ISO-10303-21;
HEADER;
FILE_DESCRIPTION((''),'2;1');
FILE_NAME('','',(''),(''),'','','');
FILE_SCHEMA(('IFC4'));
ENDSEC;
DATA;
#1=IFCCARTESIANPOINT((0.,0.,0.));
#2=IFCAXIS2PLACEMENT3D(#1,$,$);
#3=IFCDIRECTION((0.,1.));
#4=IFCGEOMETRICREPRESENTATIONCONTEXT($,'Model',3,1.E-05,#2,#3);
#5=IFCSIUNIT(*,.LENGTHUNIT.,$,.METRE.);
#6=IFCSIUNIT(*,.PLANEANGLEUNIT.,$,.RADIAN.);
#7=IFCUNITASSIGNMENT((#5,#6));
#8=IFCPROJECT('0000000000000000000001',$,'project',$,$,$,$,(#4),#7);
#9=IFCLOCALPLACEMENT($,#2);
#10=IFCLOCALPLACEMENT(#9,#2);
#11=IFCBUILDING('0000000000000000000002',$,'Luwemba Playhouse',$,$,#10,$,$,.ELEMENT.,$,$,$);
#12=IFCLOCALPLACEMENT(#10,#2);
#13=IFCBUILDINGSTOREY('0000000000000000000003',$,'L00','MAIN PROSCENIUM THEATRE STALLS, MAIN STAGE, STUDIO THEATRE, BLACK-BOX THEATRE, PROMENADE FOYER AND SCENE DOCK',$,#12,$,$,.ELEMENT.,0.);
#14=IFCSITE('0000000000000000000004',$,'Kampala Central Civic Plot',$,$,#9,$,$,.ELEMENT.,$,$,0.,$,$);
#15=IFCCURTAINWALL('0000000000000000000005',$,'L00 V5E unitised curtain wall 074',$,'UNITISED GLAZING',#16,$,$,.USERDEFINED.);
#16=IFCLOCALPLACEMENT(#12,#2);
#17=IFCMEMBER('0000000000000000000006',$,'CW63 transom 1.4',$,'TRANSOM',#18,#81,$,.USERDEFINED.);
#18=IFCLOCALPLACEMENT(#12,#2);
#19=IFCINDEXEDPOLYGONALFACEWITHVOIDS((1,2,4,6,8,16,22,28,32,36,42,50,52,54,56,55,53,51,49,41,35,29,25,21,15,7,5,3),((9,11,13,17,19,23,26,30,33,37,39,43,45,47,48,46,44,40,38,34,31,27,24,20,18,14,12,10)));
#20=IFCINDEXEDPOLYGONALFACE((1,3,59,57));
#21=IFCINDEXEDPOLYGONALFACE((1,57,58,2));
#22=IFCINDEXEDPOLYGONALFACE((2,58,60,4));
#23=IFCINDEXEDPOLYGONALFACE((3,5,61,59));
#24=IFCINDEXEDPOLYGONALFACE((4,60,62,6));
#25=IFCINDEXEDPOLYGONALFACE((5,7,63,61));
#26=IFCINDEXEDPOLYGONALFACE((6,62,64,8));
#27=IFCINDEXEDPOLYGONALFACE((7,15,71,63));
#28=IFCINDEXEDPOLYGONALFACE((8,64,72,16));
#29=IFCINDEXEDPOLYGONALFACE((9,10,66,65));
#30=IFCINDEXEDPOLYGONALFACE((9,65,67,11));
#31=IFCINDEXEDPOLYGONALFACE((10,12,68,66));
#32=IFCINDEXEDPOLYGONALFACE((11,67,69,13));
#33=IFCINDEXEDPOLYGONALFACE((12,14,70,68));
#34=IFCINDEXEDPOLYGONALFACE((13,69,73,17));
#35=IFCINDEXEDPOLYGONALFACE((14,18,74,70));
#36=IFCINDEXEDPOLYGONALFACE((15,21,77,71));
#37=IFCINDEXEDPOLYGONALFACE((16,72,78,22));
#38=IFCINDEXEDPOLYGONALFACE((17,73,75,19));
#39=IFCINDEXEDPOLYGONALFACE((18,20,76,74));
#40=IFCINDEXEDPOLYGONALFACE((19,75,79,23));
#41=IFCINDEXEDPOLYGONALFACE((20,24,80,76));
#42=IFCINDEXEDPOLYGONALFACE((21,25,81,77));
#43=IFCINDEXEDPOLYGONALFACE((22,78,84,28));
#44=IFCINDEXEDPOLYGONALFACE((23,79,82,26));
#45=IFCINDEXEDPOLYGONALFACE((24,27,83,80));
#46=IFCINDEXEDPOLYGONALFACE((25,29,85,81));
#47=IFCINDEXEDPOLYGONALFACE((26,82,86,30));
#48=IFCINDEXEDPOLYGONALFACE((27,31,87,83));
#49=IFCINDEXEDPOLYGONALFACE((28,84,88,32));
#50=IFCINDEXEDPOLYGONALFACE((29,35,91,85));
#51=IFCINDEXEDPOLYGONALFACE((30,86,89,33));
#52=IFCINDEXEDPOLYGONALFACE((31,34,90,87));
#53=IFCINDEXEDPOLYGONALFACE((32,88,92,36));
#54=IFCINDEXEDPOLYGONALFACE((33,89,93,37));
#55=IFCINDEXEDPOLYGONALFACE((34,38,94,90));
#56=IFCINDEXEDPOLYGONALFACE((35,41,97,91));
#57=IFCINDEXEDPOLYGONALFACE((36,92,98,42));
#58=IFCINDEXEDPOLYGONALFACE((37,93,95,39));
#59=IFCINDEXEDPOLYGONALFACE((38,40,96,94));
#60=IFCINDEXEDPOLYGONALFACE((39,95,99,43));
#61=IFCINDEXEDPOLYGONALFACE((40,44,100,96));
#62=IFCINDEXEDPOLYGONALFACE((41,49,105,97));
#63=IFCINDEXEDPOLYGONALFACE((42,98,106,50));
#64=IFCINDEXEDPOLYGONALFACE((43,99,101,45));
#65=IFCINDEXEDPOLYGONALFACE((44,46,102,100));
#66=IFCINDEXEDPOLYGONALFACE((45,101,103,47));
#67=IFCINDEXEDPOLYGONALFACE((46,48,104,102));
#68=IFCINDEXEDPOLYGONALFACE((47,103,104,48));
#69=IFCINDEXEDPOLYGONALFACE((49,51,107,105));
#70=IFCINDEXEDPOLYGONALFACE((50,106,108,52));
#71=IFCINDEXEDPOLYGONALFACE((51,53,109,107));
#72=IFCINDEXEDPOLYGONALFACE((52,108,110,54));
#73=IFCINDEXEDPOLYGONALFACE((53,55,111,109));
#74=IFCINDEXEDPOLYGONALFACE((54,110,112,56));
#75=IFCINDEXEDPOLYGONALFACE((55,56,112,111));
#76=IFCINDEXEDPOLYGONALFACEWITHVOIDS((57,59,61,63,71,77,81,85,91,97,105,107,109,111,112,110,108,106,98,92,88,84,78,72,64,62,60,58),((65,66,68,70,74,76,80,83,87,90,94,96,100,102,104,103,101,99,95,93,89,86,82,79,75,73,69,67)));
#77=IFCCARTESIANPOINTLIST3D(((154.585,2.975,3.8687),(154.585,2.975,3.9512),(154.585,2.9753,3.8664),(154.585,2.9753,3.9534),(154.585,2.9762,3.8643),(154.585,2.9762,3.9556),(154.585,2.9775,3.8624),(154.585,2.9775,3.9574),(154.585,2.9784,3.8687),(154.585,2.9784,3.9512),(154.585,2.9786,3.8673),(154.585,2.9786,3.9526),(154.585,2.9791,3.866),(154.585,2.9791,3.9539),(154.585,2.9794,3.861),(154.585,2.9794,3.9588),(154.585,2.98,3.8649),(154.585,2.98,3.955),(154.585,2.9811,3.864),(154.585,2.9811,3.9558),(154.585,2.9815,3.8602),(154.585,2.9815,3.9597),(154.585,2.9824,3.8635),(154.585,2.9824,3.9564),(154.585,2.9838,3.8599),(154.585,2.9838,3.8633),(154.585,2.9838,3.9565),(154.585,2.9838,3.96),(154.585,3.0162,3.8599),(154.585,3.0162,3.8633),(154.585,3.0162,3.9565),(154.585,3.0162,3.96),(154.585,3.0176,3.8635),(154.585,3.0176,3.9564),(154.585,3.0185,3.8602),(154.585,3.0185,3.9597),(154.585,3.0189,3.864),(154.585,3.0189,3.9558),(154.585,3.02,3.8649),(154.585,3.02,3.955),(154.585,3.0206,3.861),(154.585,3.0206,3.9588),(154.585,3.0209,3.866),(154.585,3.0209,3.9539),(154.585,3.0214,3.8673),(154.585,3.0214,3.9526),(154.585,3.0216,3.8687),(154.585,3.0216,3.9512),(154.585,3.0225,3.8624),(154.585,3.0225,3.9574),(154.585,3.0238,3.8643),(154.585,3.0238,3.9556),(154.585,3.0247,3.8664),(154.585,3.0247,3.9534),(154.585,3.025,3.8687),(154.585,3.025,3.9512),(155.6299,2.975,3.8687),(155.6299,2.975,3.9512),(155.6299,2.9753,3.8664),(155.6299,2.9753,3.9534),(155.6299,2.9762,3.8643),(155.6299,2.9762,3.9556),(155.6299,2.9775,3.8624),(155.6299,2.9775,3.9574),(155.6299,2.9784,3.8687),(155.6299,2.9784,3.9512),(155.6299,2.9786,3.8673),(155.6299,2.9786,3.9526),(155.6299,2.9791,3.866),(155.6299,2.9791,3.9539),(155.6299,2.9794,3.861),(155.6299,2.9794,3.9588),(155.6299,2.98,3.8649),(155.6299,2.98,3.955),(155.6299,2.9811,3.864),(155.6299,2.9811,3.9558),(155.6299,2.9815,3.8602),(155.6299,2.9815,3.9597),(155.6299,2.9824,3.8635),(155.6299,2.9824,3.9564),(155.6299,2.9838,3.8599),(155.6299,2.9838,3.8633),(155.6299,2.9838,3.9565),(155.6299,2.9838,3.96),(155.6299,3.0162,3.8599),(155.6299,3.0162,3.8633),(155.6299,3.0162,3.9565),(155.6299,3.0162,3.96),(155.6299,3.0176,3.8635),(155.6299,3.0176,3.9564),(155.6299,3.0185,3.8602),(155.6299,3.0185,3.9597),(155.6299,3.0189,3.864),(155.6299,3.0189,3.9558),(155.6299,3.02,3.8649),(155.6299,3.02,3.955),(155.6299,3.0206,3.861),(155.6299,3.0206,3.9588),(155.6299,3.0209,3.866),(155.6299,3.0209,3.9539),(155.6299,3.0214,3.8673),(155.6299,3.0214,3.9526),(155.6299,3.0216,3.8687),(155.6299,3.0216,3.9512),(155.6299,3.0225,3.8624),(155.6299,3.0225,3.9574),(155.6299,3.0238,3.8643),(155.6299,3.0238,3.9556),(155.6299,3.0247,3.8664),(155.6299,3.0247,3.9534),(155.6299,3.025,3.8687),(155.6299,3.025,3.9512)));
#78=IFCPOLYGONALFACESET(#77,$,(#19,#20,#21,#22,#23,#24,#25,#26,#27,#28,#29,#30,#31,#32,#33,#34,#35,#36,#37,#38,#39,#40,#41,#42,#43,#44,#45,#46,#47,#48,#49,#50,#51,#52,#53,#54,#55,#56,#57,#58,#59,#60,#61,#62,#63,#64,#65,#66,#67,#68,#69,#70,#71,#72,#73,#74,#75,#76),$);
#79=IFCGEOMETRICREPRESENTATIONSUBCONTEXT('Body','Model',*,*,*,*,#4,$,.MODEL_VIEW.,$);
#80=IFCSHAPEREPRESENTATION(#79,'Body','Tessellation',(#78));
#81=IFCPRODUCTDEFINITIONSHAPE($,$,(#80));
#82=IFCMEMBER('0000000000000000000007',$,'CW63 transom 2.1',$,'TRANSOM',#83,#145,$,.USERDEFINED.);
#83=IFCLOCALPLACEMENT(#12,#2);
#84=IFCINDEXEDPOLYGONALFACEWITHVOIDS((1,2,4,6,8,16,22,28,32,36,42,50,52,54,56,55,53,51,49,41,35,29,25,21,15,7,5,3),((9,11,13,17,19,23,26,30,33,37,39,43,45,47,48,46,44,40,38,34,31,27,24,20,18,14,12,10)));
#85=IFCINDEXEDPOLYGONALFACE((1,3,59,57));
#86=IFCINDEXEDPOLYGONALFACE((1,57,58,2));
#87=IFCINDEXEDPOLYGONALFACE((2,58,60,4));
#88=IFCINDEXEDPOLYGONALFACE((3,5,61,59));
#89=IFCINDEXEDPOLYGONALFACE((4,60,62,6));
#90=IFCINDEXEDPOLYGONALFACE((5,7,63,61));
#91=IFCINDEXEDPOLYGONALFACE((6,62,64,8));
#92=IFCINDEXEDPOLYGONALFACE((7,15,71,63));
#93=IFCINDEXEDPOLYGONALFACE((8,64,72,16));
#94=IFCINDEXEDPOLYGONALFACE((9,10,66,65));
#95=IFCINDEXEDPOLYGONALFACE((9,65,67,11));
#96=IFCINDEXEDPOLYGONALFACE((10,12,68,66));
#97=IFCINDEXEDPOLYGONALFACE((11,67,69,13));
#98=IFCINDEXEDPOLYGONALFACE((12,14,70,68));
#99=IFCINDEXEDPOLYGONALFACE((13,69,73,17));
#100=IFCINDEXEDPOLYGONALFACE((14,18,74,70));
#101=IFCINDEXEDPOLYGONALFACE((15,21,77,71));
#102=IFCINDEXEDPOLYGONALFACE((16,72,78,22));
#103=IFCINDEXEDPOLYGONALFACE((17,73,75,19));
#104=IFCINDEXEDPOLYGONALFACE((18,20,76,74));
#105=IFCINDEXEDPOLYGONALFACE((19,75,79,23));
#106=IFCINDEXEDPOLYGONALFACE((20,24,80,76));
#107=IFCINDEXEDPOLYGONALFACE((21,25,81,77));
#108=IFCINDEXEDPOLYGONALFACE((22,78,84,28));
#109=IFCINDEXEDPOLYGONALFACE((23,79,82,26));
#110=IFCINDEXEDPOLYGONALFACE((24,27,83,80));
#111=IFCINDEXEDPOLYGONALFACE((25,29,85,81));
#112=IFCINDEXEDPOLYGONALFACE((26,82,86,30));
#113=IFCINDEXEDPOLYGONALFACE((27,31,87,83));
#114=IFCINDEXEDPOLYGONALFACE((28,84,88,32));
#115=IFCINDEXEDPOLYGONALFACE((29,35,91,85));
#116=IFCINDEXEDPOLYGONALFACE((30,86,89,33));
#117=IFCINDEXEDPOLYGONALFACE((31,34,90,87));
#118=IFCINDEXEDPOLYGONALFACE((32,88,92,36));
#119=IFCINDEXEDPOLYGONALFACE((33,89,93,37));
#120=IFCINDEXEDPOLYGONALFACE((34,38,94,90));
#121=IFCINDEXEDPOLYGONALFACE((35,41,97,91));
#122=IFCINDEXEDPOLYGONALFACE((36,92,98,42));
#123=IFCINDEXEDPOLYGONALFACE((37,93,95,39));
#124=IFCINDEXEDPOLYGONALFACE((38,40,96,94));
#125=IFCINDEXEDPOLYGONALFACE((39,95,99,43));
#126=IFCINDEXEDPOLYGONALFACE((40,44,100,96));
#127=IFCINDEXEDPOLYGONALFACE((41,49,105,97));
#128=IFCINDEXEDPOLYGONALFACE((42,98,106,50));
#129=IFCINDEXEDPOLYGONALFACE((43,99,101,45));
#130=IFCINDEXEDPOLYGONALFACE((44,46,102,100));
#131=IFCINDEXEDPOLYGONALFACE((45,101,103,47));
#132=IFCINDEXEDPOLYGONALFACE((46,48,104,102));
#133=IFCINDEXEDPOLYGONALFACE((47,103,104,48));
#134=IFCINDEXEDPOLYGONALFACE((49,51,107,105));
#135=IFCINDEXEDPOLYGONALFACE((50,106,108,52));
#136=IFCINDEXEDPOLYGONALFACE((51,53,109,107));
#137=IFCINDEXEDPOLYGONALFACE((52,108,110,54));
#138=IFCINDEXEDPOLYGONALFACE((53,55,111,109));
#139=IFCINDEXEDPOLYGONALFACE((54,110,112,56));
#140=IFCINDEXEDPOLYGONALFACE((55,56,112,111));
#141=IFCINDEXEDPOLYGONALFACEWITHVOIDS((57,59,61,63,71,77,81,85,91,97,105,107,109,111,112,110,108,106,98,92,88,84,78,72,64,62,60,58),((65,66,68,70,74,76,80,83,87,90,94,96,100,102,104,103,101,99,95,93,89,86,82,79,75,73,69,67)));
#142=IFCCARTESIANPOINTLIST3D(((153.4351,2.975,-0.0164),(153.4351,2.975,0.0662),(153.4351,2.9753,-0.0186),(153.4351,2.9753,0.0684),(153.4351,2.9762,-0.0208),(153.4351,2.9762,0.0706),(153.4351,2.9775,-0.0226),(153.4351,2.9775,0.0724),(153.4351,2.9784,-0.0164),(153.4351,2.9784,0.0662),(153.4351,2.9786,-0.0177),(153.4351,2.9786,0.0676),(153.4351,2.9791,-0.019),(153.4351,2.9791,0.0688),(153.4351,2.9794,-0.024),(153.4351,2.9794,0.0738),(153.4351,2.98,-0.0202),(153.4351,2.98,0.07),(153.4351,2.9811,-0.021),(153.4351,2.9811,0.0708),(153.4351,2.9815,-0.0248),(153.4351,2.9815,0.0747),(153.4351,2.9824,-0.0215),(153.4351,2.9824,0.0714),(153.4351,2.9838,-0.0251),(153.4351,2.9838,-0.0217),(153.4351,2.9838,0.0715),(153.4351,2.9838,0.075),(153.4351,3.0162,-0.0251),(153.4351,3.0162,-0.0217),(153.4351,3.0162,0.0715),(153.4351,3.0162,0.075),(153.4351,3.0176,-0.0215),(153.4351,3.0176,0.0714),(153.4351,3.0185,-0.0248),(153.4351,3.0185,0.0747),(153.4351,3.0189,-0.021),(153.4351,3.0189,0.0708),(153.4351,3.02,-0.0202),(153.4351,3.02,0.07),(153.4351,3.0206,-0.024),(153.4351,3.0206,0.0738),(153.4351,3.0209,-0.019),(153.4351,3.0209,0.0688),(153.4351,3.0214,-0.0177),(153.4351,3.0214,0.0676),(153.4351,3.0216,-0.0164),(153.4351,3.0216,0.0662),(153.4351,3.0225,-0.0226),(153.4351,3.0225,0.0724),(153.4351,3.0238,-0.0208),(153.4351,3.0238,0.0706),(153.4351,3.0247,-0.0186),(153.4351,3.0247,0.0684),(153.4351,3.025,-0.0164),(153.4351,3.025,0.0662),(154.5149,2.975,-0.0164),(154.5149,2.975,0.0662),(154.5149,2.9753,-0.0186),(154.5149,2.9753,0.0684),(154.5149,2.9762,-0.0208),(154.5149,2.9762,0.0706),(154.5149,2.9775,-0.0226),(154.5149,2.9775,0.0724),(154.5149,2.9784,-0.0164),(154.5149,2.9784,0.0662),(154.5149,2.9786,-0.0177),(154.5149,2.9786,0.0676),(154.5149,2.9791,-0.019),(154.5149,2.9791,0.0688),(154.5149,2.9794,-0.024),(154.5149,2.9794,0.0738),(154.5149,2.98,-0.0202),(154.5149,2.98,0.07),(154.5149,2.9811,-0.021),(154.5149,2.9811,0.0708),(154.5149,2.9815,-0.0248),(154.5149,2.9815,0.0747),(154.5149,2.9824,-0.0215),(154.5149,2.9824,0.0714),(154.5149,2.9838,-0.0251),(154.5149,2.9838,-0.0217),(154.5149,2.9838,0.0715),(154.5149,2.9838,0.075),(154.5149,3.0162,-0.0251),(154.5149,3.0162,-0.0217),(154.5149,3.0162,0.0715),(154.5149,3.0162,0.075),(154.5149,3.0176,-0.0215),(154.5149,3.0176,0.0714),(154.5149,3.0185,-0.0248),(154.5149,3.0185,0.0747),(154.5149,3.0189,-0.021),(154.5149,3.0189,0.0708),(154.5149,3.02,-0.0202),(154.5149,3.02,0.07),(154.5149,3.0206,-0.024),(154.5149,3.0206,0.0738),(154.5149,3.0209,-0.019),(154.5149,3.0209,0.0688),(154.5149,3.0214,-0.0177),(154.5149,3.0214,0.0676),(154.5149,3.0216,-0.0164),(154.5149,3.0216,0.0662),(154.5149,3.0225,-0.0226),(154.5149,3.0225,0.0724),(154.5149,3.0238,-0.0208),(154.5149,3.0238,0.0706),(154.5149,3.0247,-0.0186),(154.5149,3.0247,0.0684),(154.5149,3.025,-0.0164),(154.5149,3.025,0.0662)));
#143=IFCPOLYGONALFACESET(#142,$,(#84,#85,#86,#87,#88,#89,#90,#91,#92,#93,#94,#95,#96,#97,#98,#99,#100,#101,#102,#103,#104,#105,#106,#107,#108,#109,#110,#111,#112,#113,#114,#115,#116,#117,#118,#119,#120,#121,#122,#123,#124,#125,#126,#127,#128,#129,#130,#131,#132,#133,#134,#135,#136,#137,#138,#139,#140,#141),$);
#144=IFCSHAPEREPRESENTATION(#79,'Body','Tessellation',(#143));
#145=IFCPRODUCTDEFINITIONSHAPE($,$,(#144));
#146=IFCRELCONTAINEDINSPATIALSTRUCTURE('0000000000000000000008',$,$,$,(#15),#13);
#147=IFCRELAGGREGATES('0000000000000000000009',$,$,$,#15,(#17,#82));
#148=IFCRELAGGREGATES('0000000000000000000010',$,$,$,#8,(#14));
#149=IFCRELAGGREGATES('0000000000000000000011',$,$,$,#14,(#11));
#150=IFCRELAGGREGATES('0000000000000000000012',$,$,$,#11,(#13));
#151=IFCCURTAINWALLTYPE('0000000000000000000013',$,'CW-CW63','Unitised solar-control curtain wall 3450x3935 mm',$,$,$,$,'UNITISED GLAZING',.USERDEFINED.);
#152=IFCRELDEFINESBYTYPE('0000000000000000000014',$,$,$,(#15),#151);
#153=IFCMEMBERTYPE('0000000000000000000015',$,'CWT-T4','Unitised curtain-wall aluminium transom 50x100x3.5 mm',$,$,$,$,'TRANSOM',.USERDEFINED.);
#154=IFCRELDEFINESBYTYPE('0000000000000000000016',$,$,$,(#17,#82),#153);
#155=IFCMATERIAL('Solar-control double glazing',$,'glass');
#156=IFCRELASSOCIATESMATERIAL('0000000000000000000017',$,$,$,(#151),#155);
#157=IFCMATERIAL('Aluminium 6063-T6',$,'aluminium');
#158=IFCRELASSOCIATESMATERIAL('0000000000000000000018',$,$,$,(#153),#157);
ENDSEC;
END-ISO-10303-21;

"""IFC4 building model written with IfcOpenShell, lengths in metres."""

from ifc_helpers import new_model, si_unit, direction, frame, origin, origin_2d, place, context, subcontext, project, spatial, hollow_rectangle, extrude, material, material_profile, profile_set, type_object, element, aggregate, save


model = new_model("IFC4")

# Units and contexts
model_context = context("Model", 3, precision=1e-05, world=origin(), true_north=direction((0.0, 1.0)))
body_context = subcontext(model_context, "Body", "Model", "MODEL_VIEW")
ifc_project = project(units=[si_unit("LENGTHUNIT", "METRE"), si_unit("PLANEANGLEUNIT", "RADIAN")], contexts=[model_context])

# Site, building, storey
site_placement = place(None, origin())
site = spatial("IfcSite", under=ifc_project, at=site_placement, Name="Kampala Central Civic Plot", CompositionType="ELEMENT", RefElevation=0.0)
building_placement = place(site_placement, origin())
building = spatial("IfcBuilding", under=site, at=building_placement, Name="Luwemba Playhouse", CompositionType="ELEMENT")
storey_placement = place(building_placement, origin())
storey = spatial("IfcBuildingStorey", under=building, at=storey_placement, Name="L00", Description="MAIN PROSCENIUM THEATRE STALLS, MAIN STAGE, STUDIO THEATRE, BLACK-BOX THEATRE, PROMENADE FOYER AND SCENE DOCK", CompositionType="ELEMENT", Elevation=0.0)

# Curtain wall, members
ifc_material_1 = material(Name="Solar-control double glazing", Category="glass")
curtain_wall_type = type_object("IfcCurtainWallType", Name="CW-CW63", Description="Unitised solar-control curtain wall 3450x3935 mm", ElementType="UNITISED GLAZING", PredefinedType="USERDEFINED", material=ifc_material_1)
curtain_wall_placement = place(storey_placement, origin())
curtain_wall = element("IfcCurtainWall", 1, at=curtain_wall_placement, inside=storey, type_object=curtain_wall_type, Name="L00 V5E unitised curtain wall 074", ObjectType="UNITISED GLAZING", PredefinedType="USERDEFINED")
ifc_material_2 = material(Name="Aluminium 6063-T6", Category="aluminium")
ifc_material_profile_1 = material_profile(ifc_material_2, hollow_rectangle(XDim=0.05, YDim=0.1001, WallThickness=0.0034, InnerFilletRadius=0.0054, OuterFilletRadius=0.0088, at=origin_2d()))
ifc_profile_set_1 = profile_set([ifc_material_profile_1], Name="Aluminium 6063-T6")
member_type_1 = type_object("IfcMemberType", Name="CWT-T4", Description="Unitised curtain-wall aluminium transom 50x100x3.5 mm", ElementType="TRANSOM", PredefinedType="USERDEFINED", material=ifc_profile_set_1)
member_1_placement = place(storey_placement, frame((155.6299, 3.0, 3.9099), z_axis=(-1.0, 0.0, 0.0), x_axis=(0.0, -1.0, 0.0)))
member_1 = element("IfcMember", 2, at=member_1_placement, type_object=member_type_1, Name="CW63 transom 1.4", ObjectType="TRANSOM", PredefinedType="USERDEFINED", context=body_context, shape_type="SweptSolid", body=[
    extrude(hollow_rectangle(XDim=0.05, YDim=0.1001, WallThickness=0.0034, InnerFilletRadius=0.0054, OuterFilletRadius=0.0088, at=origin_2d()), origin(), (0.0, 0.0, 1.0), 1.0449),
])
member_2_placement = place(storey_placement, frame((154.5149, 3.0, 0.0249), z_axis=(-1.0, 0.0, 0.0), x_axis=(0.0, -1.0, 0.0)))
member_2 = element("IfcMember", 3, at=member_2_placement, type_object=member_type_1, Name="CW63 transom 2.1", ObjectType="TRANSOM", PredefinedType="USERDEFINED", context=body_context, shape_type="SweptSolid", body=[
    extrude(hollow_rectangle(XDim=0.05, YDim=0.1001, WallThickness=0.0034, InnerFilletRadius=0.0054, OuterFilletRadius=0.0088, at=origin_2d()), origin(), (0.0, 0.0, 1.0), 1.0798),
])
aggregate(curtain_wall, [member_1, member_2])

save(model, "model.ifc")
